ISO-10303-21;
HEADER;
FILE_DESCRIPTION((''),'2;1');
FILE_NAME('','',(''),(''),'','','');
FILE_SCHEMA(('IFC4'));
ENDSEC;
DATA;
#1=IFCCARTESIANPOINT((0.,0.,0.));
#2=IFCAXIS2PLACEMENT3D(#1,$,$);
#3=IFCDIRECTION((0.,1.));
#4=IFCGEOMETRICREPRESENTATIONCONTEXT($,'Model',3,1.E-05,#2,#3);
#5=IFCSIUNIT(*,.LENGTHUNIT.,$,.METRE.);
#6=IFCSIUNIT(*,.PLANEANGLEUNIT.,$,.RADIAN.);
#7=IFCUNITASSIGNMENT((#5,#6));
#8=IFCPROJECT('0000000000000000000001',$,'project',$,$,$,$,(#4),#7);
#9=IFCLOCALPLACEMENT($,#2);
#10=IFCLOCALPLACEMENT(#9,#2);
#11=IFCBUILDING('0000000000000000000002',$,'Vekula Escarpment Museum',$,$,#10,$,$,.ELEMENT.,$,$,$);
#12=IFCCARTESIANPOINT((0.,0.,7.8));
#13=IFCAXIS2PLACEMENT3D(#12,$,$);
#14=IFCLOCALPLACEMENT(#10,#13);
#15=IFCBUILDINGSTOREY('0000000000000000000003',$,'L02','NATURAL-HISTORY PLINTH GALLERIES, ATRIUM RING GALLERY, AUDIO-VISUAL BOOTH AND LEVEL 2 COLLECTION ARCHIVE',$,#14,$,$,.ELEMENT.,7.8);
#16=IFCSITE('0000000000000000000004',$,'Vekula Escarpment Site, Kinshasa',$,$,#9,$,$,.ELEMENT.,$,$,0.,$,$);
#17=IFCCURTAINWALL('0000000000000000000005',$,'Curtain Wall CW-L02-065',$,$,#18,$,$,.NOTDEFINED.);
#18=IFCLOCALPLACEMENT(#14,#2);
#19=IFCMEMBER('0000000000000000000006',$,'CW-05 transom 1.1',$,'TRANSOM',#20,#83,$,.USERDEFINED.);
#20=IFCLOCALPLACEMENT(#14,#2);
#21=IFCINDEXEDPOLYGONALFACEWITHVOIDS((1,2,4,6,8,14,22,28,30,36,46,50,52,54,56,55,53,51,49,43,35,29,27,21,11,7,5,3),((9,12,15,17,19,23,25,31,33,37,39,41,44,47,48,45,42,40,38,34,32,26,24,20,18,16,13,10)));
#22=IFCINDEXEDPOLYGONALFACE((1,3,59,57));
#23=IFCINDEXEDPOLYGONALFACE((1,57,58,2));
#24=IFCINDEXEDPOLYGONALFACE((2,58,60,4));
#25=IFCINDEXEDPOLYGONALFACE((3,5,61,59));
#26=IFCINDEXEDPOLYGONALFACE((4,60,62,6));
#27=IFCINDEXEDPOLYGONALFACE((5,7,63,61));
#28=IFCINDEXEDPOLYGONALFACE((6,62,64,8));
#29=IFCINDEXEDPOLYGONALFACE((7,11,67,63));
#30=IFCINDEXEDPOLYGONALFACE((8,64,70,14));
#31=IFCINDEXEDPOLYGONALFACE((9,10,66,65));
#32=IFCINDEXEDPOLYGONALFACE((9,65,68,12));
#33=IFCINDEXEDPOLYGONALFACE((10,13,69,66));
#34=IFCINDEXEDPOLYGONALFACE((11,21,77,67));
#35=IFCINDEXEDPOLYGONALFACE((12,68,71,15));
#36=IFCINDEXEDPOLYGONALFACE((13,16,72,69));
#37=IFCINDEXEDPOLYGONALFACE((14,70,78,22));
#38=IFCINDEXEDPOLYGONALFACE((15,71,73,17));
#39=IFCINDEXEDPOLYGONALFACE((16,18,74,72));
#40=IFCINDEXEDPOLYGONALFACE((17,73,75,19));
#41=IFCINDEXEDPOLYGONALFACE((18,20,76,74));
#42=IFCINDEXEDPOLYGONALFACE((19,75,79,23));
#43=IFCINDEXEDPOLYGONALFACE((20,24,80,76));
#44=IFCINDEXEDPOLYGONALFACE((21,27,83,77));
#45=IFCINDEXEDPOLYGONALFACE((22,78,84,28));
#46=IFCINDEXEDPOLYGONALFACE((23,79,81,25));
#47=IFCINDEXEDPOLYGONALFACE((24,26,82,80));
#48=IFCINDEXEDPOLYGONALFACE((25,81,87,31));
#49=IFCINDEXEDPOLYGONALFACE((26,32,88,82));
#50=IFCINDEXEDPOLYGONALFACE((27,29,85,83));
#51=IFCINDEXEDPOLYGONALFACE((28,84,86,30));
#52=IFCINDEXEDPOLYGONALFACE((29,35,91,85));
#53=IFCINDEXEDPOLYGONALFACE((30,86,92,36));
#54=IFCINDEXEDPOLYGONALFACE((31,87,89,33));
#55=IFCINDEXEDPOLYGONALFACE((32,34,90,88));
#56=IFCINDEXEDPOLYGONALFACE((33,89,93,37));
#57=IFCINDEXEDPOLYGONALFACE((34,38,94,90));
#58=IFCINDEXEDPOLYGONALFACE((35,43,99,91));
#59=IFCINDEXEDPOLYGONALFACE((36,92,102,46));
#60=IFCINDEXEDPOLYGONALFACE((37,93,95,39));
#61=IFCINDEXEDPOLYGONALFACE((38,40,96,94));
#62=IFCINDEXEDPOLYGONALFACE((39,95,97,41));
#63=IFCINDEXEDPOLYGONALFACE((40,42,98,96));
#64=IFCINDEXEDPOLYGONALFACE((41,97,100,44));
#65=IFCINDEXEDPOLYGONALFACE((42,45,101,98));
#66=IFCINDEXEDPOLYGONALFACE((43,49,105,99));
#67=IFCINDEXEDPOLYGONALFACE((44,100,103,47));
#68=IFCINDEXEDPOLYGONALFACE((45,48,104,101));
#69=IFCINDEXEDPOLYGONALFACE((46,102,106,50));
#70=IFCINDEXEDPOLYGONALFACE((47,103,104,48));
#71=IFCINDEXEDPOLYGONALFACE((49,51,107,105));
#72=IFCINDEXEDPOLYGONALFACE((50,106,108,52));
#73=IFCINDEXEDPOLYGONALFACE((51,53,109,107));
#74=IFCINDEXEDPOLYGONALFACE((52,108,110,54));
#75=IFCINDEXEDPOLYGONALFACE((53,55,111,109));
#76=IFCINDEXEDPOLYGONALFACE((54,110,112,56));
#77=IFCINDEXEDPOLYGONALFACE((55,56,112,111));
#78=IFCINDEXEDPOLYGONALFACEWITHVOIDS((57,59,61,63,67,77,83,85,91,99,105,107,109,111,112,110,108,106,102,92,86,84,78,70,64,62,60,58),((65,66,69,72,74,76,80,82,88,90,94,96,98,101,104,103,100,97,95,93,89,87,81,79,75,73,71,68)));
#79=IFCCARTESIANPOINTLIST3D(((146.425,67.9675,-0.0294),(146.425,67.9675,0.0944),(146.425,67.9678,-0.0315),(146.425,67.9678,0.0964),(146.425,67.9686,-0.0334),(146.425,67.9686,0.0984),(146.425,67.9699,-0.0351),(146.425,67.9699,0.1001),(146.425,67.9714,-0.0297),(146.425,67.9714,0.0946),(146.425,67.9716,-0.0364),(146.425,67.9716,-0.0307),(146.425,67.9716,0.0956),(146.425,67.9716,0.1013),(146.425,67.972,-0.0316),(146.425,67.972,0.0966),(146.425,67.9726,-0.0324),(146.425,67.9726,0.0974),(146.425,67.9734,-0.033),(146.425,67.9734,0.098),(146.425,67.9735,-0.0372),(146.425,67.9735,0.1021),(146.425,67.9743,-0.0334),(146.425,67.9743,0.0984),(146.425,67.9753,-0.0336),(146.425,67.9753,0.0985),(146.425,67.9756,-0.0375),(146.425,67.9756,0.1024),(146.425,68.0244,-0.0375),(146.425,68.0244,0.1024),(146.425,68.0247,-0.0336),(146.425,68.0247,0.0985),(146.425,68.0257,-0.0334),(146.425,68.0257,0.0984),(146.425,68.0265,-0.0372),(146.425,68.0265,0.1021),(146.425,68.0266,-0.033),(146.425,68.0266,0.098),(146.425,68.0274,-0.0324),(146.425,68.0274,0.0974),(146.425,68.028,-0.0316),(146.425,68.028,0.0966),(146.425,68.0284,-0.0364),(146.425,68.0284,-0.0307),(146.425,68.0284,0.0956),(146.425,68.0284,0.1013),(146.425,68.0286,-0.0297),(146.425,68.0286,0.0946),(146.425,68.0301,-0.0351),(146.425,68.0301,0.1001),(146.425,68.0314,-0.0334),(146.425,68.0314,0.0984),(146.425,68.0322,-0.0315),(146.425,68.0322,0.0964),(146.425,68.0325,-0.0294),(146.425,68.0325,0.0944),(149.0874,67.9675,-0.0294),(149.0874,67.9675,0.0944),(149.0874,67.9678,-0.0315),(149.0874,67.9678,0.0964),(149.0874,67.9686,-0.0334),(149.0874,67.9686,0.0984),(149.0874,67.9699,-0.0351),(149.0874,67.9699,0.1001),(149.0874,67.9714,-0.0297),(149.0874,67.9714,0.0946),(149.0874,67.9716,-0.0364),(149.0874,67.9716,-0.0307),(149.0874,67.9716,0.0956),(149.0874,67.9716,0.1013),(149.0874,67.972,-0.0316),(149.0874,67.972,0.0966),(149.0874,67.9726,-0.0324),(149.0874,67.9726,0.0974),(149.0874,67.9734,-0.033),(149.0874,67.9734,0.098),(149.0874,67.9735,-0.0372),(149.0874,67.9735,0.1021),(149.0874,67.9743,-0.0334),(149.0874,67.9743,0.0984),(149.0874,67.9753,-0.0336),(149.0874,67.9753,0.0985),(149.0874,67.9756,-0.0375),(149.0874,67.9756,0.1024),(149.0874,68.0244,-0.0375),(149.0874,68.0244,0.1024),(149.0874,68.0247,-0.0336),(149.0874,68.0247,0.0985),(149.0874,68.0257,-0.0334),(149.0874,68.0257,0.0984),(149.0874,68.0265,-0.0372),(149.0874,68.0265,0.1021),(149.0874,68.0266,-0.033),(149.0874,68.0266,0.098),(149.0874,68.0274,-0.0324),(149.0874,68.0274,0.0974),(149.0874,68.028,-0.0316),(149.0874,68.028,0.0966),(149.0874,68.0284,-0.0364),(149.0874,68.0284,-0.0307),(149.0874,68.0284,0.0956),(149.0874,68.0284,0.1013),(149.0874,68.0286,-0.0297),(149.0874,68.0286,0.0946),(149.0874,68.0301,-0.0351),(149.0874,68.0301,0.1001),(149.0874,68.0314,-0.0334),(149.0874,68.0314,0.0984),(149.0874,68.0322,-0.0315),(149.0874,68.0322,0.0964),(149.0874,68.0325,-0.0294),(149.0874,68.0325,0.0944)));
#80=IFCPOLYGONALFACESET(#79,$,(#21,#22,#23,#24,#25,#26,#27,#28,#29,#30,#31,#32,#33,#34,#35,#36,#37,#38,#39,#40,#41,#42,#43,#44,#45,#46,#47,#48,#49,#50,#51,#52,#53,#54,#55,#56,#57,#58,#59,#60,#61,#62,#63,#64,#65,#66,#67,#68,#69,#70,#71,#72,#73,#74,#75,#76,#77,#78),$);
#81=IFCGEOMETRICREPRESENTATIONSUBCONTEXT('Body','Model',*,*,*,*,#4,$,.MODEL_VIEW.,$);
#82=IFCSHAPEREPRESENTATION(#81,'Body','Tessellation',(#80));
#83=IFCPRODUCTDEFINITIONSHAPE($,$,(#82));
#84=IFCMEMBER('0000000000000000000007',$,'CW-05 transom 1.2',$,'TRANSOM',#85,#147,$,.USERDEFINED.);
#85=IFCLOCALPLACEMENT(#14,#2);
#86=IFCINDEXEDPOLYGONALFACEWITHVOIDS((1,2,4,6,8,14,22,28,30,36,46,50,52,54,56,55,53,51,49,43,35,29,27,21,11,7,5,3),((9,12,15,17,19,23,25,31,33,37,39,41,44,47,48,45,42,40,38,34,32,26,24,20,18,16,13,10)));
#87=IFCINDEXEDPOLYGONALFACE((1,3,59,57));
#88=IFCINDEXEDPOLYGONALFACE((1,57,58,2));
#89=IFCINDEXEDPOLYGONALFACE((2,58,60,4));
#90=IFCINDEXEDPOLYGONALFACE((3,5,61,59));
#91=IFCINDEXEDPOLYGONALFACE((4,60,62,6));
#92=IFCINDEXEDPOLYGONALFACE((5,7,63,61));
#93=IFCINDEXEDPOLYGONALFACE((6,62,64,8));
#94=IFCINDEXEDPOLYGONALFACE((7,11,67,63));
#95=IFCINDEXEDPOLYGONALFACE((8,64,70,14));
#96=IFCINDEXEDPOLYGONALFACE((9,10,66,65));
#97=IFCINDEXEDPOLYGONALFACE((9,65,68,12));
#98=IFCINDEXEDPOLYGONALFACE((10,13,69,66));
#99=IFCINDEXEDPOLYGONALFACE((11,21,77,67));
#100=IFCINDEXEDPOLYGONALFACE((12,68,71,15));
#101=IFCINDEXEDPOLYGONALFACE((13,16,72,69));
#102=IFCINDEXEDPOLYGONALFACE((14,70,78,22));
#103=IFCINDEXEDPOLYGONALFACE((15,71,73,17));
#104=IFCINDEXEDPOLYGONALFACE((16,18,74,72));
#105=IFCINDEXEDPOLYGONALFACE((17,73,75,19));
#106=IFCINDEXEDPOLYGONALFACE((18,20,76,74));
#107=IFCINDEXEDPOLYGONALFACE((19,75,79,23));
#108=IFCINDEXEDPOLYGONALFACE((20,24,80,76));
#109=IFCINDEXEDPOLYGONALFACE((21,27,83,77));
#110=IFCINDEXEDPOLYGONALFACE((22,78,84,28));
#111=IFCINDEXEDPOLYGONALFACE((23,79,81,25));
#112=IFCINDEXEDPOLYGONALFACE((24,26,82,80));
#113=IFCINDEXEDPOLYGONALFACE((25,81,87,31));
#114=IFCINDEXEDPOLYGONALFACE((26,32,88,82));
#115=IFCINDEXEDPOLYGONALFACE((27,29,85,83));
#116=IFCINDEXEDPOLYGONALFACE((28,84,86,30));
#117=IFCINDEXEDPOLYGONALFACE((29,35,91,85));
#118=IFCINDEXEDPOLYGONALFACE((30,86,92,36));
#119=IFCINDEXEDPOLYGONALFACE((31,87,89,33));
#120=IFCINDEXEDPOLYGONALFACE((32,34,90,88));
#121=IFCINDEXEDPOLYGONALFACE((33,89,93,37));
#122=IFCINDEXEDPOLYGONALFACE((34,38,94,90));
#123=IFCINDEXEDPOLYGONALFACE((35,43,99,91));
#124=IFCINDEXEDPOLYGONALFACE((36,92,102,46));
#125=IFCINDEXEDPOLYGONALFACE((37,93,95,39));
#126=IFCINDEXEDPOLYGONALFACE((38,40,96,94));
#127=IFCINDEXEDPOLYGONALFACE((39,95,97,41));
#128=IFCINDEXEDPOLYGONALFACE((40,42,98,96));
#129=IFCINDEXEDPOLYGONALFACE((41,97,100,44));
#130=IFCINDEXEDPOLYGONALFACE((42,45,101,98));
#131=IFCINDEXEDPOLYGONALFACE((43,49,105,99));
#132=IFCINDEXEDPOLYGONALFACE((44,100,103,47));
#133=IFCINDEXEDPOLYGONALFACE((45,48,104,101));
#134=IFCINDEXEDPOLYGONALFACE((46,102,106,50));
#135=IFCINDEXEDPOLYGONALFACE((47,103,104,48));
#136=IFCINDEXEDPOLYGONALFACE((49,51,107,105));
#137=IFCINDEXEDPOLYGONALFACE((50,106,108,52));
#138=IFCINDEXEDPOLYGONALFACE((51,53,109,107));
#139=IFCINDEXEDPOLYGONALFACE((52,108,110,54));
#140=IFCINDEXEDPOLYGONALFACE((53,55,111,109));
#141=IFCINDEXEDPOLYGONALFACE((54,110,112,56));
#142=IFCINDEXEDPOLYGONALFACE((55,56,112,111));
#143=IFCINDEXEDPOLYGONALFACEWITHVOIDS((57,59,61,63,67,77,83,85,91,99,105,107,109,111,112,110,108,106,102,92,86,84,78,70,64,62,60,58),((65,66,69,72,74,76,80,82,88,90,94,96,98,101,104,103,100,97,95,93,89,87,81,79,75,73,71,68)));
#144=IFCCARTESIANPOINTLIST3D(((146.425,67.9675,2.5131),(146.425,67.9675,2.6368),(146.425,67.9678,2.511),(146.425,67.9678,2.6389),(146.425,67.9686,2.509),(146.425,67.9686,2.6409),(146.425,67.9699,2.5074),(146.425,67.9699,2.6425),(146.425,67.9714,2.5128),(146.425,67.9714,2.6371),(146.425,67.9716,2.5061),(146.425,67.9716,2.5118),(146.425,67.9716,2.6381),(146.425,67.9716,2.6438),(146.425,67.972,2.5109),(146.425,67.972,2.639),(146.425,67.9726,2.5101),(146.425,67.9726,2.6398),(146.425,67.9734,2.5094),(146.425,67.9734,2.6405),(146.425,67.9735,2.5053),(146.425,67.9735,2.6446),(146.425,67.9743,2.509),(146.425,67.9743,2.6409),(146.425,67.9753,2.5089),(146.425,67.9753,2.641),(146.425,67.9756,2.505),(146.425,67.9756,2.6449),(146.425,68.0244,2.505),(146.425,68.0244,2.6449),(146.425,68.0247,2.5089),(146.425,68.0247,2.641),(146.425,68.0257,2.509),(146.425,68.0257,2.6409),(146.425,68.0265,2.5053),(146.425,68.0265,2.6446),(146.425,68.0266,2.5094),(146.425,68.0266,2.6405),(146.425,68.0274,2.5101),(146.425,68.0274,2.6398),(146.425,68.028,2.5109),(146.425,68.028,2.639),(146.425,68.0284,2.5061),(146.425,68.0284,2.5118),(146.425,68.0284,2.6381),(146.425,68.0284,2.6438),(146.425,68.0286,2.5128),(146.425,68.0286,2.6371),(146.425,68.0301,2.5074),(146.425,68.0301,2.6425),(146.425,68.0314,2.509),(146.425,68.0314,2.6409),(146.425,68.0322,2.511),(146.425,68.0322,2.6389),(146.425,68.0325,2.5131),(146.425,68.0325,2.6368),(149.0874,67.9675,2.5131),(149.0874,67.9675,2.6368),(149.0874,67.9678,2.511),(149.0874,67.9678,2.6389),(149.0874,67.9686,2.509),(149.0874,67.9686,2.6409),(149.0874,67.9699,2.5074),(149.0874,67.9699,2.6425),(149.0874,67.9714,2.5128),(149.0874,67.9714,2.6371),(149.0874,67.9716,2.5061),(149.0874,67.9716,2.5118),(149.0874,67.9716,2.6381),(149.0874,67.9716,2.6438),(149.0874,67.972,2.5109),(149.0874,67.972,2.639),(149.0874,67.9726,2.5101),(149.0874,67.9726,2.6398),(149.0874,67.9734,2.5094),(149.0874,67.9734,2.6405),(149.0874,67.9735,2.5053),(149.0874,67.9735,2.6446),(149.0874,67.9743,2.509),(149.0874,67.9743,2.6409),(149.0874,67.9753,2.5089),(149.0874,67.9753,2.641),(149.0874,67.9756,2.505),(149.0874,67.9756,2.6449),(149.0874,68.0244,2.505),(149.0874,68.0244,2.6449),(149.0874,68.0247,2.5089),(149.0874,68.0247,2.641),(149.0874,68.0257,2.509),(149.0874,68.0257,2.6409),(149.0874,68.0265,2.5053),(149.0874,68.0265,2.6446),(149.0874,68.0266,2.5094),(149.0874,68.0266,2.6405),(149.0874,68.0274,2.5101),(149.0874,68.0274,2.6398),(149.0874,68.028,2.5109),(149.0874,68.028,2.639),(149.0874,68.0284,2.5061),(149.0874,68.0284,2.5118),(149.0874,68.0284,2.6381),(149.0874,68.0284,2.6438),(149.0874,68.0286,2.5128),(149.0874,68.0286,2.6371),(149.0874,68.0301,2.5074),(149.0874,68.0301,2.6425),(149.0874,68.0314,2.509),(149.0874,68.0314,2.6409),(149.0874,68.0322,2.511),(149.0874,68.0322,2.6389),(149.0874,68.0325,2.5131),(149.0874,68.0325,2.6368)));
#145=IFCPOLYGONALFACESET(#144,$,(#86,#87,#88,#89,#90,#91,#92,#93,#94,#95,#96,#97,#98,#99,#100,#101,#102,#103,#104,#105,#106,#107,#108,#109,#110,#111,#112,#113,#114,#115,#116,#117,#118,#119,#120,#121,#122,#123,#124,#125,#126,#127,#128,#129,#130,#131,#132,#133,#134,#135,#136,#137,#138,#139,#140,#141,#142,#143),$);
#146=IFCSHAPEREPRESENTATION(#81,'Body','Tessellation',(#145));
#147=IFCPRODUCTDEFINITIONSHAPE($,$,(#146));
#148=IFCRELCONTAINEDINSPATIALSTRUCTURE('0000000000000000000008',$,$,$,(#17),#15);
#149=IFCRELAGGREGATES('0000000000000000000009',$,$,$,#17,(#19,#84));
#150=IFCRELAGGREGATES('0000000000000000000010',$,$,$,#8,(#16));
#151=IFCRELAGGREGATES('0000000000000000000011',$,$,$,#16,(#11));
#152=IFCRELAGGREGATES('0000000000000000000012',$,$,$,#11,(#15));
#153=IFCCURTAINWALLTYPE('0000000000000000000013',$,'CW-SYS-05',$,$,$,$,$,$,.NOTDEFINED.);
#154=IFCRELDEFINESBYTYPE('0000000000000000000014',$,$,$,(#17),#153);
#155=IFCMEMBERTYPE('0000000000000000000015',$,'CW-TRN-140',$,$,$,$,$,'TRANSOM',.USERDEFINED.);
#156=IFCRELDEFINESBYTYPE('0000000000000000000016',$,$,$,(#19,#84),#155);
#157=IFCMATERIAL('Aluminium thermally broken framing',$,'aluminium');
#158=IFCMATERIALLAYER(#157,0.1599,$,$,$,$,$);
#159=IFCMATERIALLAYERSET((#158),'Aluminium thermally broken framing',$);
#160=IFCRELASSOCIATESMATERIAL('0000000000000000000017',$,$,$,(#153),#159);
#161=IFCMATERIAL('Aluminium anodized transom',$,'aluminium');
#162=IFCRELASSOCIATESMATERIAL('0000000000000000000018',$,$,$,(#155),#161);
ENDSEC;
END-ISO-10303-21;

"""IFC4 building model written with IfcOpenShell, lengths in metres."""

from ifc_helpers import new_model, si_unit, direction, frame, origin, origin_2d, place, context, subcontext, project, spatial, hollow_rectangle, extrude, material, layer, layer_set, material_profile, profile_set, type_object, element, aggregate, save


model = new_model("IFC4")

# Units and contexts
model_context = context("Model", 3, precision=1e-05, world=origin(), true_north=direction((0.0, 1.0)))
body_context = subcontext(model_context, "Body", "Model", "MODEL_VIEW")
ifc_project = project(units=[si_unit("LENGTHUNIT", "METRE"), si_unit("PLANEANGLEUNIT", "RADIAN")], contexts=[model_context])

# Site, building, storey
site_placement = place(None, origin())
site = spatial("IfcSite", under=ifc_project, at=site_placement, Name="Vekula Escarpment Site, Kinshasa", CompositionType="ELEMENT", RefElevation=0.0)
building_placement = place(site_placement, origin())
building = spatial("IfcBuilding", under=site, at=building_placement, Name="Vekula Escarpment Museum", CompositionType="ELEMENT")
storey_placement = place(building_placement, frame((0.0, 0.0, 7.8)))
storey = spatial("IfcBuildingStorey", under=building, at=storey_placement, Name="L02", Description="NATURAL-HISTORY PLINTH GALLERIES, ATRIUM RING GALLERY, AUDIO-VISUAL BOOTH AND LEVEL 2 COLLECTION ARCHIVE", CompositionType="ELEMENT", Elevation=7.8)

# Curtain wall
ifc_material_1 = material(Name="Aluminium thermally broken framing", Category="aluminium")
ifc_layer_1 = layer(ifc_material_1, 0.1599)
ifc_layer_set_1 = layer_set([ifc_layer_1], Name="Aluminium thermally broken framing")
curtain_wall_type_1 = type_object("IfcCurtainWallType", Name="CW-SYS-05", PredefinedType="NOTDEFINED", material=ifc_layer_set_1)
curtain_wall_1_placement = place(storey_placement, origin())
curtain_wall_1 = element("IfcCurtainWall", 1, at=curtain_wall_1_placement, inside=storey, type_object=curtain_wall_type_1, Name="Curtain Wall CW-L02-065", PredefinedType="NOTDEFINED")

# Members
ifc_material_2 = material(Name="Aluminium anodized transom", Category="aluminium")
ifc_material_profile_1 = material_profile(ifc_material_2, hollow_rectangle(XDim=0.0649, YDim=0.1399, WallThickness=0.0039, InnerFilletRadius=0.0039, OuterFilletRadius=0.0081, at=origin_2d()), Name="ALU 140x65x4")
ifc_profile_set_1 = profile_set([ifc_material_profile_1], Name="Aluminium anodized transom")
member_type_1 = type_object("IfcMemberType", Name="CW-TRN-140", ElementType="TRANSOM", PredefinedType="USERDEFINED", material=ifc_profile_set_1)
member_1_placement = place(storey_placement, frame((146.425, 68.0, 0.0325), z_axis=(1.0, 0.0, 0.0), x_axis=(0.0, 1.0, 0.0)))
member_1 = element("IfcMember", 2, at=member_1_placement, type_object=member_type_1, Name="CW-05 transom 1.1", ObjectType="TRANSOM", PredefinedType="USERDEFINED", context=body_context, shape_type="SweptSolid", body=[
    extrude(hollow_rectangle(XDim=0.0649, YDim=0.1399, WallThickness=0.0039, InnerFilletRadius=0.0039, OuterFilletRadius=0.0081, at=origin_2d()), origin(), (0.0, 0.0, 1.0), 2.6624),
])
member_2_placement = place(storey_placement, frame((146.425, 68.0, 2.575), z_axis=(1.0, 0.0, 0.0), x_axis=(0.0, 1.0, 0.0)))
member_2 = element("IfcMember", 3, at=member_2_placement, type_object=member_type_1, Name="CW-05 transom 1.2", ObjectType="TRANSOM", PredefinedType="USERDEFINED", context=body_context, shape_type="SweptSolid", body=[
    extrude(hollow_rectangle(XDim=0.0649, YDim=0.1399, WallThickness=0.0039, InnerFilletRadius=0.0039, OuterFilletRadius=0.0081, at=origin_2d()), origin(), (0.0, 0.0, 1.0), 2.6624),
])

aggregate(curtain_wall_1, [member_1, member_2])

save(model, "model.ifc")
